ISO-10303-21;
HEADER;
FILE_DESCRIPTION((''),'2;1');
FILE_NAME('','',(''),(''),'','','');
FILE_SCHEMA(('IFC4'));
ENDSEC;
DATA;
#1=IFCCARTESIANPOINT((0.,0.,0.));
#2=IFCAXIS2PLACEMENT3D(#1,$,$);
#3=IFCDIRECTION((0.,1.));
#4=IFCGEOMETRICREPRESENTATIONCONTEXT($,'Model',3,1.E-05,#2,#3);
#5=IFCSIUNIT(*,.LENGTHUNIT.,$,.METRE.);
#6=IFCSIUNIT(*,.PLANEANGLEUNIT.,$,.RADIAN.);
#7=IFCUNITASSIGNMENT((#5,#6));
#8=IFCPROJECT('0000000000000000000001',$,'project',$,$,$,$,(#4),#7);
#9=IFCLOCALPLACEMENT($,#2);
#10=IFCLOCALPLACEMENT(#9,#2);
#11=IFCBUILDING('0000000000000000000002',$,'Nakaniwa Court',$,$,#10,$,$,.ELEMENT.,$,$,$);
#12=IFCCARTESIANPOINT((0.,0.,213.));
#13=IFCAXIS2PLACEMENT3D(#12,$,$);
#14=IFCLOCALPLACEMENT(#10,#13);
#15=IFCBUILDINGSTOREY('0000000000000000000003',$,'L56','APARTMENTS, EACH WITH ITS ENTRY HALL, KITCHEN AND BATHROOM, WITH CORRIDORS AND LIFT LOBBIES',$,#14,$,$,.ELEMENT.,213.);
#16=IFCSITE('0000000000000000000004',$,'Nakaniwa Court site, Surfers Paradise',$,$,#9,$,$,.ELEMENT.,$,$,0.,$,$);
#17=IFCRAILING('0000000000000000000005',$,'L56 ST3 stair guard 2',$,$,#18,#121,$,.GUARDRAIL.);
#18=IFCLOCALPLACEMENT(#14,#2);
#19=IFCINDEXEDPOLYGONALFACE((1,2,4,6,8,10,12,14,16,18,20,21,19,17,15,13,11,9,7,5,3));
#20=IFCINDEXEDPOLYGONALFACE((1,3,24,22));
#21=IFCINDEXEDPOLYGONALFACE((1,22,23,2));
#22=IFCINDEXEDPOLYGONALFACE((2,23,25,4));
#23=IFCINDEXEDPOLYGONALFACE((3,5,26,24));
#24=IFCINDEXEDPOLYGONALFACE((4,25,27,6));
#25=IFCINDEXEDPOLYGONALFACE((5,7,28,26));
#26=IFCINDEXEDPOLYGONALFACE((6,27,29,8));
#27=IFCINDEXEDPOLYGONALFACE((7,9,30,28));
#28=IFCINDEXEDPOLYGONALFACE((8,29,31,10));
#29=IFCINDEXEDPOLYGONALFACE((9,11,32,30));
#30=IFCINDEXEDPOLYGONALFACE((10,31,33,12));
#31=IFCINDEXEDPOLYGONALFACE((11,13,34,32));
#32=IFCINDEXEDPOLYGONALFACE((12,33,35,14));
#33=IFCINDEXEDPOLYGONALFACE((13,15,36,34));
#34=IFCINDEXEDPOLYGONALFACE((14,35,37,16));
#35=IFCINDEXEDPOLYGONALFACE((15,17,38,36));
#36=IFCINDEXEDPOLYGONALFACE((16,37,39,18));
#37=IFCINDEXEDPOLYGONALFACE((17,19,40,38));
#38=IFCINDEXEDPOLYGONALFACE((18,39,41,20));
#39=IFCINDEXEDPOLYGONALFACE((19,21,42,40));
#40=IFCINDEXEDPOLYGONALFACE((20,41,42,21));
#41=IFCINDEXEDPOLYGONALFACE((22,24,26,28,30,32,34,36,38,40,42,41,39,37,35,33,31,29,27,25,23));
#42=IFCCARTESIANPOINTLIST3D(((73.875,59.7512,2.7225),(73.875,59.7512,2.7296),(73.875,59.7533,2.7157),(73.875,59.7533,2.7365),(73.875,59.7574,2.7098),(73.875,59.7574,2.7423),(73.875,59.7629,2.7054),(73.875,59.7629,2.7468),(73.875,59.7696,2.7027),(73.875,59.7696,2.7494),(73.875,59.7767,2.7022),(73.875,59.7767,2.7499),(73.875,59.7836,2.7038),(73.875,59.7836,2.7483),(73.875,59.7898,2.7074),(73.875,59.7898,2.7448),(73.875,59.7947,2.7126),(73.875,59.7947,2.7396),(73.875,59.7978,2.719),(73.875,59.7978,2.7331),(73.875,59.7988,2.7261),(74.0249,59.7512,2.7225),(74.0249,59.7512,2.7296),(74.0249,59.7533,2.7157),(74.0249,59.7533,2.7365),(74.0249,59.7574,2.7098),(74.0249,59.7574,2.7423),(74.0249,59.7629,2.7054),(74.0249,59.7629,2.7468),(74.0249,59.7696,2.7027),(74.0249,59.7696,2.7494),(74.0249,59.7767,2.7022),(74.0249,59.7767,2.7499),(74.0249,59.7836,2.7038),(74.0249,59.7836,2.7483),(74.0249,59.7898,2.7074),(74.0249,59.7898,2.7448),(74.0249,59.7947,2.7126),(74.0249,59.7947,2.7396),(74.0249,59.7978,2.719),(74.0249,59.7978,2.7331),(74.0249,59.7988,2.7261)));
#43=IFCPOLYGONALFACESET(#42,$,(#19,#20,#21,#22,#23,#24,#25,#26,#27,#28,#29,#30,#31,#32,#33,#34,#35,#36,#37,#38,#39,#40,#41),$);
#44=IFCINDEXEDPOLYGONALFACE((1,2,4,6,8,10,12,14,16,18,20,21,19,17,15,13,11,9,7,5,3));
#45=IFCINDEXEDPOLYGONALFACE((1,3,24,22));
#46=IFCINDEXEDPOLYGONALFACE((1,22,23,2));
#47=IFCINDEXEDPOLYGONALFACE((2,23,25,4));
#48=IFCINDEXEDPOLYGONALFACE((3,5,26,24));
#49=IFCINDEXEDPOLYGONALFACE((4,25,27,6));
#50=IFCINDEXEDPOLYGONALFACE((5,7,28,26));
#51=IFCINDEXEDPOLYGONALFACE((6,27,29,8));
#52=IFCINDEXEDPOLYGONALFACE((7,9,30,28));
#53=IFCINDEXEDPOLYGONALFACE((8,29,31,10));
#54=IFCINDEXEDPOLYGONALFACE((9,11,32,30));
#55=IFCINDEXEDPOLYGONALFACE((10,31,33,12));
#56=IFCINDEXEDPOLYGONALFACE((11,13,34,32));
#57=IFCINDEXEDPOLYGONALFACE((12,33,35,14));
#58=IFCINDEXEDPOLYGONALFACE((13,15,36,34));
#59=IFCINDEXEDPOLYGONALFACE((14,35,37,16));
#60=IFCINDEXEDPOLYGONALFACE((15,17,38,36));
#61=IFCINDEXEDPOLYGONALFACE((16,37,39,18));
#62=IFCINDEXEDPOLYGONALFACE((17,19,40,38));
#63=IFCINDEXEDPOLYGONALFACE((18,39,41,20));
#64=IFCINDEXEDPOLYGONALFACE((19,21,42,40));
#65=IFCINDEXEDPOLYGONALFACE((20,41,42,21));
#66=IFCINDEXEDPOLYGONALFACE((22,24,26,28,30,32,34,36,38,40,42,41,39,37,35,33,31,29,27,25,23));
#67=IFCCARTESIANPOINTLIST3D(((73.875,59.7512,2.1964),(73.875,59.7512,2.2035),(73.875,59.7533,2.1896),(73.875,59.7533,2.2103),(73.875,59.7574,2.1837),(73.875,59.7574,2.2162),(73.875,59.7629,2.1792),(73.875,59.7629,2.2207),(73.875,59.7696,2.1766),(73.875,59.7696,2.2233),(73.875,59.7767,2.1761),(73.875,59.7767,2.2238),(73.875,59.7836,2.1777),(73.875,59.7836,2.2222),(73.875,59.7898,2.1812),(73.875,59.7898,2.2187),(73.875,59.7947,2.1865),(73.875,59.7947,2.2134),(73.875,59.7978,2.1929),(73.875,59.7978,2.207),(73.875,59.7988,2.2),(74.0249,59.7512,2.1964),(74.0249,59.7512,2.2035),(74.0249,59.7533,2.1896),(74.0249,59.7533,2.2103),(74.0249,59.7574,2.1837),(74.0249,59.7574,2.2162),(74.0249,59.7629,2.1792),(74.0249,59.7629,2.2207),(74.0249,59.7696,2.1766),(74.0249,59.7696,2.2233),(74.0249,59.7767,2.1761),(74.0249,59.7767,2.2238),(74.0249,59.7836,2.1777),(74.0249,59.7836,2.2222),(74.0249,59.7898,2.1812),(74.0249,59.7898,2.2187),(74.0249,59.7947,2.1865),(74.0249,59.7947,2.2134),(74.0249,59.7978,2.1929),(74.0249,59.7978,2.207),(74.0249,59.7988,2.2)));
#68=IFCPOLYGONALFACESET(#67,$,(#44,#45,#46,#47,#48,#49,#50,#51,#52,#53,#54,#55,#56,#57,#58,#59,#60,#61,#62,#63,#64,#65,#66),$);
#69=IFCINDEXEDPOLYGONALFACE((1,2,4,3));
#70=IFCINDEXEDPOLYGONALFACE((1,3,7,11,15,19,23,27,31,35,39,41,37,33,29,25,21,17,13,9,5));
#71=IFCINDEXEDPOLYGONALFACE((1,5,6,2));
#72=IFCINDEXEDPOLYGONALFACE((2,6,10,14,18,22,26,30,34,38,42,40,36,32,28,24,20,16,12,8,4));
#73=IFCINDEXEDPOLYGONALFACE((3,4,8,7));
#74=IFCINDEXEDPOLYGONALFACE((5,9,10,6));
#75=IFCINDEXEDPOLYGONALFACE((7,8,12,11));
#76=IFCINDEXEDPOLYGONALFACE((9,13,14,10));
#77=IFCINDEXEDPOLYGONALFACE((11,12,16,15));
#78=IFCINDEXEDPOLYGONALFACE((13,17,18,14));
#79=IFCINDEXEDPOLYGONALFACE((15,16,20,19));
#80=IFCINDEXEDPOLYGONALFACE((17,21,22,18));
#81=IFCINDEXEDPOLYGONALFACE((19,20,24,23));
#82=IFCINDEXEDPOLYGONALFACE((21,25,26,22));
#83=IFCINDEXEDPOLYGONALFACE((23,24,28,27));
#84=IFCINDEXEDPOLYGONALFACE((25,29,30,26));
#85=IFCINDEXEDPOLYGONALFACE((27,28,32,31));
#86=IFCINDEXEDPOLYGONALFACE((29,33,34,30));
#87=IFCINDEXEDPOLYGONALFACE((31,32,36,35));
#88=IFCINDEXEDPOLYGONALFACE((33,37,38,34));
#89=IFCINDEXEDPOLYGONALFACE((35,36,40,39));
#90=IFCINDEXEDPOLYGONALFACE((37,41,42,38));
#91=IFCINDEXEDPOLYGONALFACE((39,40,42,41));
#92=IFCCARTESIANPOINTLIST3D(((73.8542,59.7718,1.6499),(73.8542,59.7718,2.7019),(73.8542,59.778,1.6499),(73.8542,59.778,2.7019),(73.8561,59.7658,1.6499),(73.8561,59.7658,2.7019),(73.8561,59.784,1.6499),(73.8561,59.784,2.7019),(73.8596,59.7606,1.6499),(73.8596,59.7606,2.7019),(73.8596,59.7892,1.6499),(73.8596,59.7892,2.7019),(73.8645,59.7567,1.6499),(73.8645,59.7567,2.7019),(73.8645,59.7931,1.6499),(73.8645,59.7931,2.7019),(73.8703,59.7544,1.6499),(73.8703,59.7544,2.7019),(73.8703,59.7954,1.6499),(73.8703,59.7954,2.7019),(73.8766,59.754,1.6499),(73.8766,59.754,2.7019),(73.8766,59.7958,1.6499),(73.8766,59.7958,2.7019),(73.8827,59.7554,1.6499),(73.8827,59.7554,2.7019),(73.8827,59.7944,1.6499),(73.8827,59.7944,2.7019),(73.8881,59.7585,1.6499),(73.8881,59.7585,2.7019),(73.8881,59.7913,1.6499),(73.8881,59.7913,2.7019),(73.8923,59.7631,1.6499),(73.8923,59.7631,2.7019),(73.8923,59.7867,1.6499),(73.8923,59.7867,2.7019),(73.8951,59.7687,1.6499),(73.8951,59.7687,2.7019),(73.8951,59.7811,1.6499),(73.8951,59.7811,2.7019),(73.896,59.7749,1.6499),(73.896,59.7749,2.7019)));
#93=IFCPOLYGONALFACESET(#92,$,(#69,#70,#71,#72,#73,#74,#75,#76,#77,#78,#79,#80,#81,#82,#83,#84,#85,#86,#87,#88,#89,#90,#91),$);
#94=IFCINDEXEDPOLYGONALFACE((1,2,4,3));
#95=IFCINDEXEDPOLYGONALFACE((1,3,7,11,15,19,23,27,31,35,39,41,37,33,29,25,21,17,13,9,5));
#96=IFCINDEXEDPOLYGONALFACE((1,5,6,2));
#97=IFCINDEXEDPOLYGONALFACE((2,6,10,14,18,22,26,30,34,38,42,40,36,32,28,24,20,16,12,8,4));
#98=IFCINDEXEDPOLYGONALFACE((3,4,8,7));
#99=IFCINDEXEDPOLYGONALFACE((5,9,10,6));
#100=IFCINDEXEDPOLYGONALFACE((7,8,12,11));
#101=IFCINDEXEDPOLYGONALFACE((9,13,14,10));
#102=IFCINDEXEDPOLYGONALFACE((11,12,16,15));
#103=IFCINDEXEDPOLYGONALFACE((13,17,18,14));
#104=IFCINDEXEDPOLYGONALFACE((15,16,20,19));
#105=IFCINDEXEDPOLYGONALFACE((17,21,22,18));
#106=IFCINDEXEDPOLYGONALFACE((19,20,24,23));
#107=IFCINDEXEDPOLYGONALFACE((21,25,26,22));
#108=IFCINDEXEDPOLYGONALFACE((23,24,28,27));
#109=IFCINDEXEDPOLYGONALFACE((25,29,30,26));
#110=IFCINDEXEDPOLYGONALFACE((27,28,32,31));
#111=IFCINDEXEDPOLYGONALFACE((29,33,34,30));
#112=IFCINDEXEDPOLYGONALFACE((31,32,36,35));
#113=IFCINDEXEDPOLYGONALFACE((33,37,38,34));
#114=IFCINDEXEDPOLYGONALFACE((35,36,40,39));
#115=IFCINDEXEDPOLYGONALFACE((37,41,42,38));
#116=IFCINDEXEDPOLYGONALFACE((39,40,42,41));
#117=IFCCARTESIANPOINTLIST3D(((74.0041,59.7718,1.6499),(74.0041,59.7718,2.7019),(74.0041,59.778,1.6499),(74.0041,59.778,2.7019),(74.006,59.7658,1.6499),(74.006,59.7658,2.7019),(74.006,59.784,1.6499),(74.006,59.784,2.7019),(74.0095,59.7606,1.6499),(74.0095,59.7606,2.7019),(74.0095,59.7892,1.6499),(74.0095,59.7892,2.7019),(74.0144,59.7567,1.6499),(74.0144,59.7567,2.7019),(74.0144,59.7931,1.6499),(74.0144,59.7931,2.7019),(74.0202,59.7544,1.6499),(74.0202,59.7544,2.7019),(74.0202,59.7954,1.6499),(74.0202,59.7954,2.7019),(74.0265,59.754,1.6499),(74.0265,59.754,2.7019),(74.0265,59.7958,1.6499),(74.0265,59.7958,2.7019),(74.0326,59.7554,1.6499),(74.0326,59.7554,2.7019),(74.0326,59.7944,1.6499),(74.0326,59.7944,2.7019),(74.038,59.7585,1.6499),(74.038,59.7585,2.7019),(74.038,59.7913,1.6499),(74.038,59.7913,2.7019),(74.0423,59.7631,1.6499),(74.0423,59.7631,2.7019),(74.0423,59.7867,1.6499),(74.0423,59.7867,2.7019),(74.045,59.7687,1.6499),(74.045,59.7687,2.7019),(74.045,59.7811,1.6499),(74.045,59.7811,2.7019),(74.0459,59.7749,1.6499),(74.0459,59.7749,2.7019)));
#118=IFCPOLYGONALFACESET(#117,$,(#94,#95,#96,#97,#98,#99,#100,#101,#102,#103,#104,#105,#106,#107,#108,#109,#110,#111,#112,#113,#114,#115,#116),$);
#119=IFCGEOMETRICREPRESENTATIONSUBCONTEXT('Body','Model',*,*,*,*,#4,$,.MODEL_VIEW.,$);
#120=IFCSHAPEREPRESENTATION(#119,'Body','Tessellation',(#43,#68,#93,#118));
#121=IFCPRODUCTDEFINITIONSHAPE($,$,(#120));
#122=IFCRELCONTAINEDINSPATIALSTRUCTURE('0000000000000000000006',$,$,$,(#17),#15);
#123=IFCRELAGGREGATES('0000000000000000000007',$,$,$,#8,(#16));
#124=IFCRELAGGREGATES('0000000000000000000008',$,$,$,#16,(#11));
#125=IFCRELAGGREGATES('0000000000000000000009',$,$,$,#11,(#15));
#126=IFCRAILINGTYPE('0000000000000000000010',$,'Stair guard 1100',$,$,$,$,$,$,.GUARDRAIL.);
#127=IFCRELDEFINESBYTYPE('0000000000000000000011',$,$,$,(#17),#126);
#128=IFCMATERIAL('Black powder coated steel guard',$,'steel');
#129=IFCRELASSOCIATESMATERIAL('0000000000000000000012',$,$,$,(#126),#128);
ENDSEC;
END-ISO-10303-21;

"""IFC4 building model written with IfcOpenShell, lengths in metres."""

from ifc_helpers import new_model, si_unit, direction, frame, origin, origin_2d, place, context, subcontext, project, spatial, circle, extrude, material, type_object, element, save


model = new_model("IFC4")

# Units and contexts
model_context = context("Model", 3, precision=1e-05, world=origin(), true_north=direction((0.0, 1.0)))
body_context = subcontext(model_context, "Body", "Model", "MODEL_VIEW")
ifc_project = project(units=[si_unit("LENGTHUNIT", "METRE"), si_unit("PLANEANGLEUNIT", "RADIAN")], contexts=[model_context])

# Site, building, storey
site_placement = place(None, origin())
site = spatial("IfcSite", under=ifc_project, at=site_placement, Name="Nakaniwa Court site, Surfers Paradise", CompositionType="ELEMENT", RefElevation=0.0)
building_placement = place(site_placement, origin())
building = spatial("IfcBuilding", under=site, at=building_placement, Name="Nakaniwa Court", CompositionType="ELEMENT")
storey_placement = place(building_placement, frame((0.0, 0.0, 213.0)))
storey = spatial("IfcBuildingStorey", under=building, at=storey_placement, Name="L56", Description="APARTMENTS, EACH WITH ITS ENTRY HALL, KITCHEN AND BATHROOM, WITH CORRIDORS AND LIFT LOBBIES", CompositionType="ELEMENT", Elevation=213.0)

# Railing
ifc_material_1 = material(Name="Black powder coated steel guard", Category="steel")
railing_type_1 = type_object("IfcRailingType", Name="Stair guard 1100", PredefinedType="GUARDRAIL", material=ifc_material_1)
railing_1_placement = place(storey_placement, frame((73.875, 59.7749, 1.6499)))
element("IfcRailing", 1, at=railing_1_placement, inside=storey, type_object=railing_type_1, Name="L56 ST3 stair guard 2", PredefinedType="GUARDRAIL", context=body_context, shape_type="SweptSolid", body=[
    extrude(circle(Radius=0.0239, at=origin_2d()), frame((0.0, 0.0, 1.0762), z_axis=(1.0, 0.0, 0.0), x_axis=(0.0, 1.0, 0.0)), (0.0, 0.0, 1.0), 0.1499),
    extrude(circle(Radius=0.0239, at=origin_2d()), frame((0.0, 0.0, 0.55), z_axis=(1.0, 0.0, 0.0), x_axis=(0.0, 1.0, 0.0)), (0.0, 0.0, 1.0), 0.1499),
    extrude(circle(Radius=0.021, at=origin_2d()), origin(), (0.0, 0.0, 1.0), 1.052),
    extrude(circle(Radius=0.021, at=origin_2d()), frame((0.1499, 0.0, 0.0)), (0.0, 0.0, 1.0), 1.052),
])

save(model, "model.ifc")
